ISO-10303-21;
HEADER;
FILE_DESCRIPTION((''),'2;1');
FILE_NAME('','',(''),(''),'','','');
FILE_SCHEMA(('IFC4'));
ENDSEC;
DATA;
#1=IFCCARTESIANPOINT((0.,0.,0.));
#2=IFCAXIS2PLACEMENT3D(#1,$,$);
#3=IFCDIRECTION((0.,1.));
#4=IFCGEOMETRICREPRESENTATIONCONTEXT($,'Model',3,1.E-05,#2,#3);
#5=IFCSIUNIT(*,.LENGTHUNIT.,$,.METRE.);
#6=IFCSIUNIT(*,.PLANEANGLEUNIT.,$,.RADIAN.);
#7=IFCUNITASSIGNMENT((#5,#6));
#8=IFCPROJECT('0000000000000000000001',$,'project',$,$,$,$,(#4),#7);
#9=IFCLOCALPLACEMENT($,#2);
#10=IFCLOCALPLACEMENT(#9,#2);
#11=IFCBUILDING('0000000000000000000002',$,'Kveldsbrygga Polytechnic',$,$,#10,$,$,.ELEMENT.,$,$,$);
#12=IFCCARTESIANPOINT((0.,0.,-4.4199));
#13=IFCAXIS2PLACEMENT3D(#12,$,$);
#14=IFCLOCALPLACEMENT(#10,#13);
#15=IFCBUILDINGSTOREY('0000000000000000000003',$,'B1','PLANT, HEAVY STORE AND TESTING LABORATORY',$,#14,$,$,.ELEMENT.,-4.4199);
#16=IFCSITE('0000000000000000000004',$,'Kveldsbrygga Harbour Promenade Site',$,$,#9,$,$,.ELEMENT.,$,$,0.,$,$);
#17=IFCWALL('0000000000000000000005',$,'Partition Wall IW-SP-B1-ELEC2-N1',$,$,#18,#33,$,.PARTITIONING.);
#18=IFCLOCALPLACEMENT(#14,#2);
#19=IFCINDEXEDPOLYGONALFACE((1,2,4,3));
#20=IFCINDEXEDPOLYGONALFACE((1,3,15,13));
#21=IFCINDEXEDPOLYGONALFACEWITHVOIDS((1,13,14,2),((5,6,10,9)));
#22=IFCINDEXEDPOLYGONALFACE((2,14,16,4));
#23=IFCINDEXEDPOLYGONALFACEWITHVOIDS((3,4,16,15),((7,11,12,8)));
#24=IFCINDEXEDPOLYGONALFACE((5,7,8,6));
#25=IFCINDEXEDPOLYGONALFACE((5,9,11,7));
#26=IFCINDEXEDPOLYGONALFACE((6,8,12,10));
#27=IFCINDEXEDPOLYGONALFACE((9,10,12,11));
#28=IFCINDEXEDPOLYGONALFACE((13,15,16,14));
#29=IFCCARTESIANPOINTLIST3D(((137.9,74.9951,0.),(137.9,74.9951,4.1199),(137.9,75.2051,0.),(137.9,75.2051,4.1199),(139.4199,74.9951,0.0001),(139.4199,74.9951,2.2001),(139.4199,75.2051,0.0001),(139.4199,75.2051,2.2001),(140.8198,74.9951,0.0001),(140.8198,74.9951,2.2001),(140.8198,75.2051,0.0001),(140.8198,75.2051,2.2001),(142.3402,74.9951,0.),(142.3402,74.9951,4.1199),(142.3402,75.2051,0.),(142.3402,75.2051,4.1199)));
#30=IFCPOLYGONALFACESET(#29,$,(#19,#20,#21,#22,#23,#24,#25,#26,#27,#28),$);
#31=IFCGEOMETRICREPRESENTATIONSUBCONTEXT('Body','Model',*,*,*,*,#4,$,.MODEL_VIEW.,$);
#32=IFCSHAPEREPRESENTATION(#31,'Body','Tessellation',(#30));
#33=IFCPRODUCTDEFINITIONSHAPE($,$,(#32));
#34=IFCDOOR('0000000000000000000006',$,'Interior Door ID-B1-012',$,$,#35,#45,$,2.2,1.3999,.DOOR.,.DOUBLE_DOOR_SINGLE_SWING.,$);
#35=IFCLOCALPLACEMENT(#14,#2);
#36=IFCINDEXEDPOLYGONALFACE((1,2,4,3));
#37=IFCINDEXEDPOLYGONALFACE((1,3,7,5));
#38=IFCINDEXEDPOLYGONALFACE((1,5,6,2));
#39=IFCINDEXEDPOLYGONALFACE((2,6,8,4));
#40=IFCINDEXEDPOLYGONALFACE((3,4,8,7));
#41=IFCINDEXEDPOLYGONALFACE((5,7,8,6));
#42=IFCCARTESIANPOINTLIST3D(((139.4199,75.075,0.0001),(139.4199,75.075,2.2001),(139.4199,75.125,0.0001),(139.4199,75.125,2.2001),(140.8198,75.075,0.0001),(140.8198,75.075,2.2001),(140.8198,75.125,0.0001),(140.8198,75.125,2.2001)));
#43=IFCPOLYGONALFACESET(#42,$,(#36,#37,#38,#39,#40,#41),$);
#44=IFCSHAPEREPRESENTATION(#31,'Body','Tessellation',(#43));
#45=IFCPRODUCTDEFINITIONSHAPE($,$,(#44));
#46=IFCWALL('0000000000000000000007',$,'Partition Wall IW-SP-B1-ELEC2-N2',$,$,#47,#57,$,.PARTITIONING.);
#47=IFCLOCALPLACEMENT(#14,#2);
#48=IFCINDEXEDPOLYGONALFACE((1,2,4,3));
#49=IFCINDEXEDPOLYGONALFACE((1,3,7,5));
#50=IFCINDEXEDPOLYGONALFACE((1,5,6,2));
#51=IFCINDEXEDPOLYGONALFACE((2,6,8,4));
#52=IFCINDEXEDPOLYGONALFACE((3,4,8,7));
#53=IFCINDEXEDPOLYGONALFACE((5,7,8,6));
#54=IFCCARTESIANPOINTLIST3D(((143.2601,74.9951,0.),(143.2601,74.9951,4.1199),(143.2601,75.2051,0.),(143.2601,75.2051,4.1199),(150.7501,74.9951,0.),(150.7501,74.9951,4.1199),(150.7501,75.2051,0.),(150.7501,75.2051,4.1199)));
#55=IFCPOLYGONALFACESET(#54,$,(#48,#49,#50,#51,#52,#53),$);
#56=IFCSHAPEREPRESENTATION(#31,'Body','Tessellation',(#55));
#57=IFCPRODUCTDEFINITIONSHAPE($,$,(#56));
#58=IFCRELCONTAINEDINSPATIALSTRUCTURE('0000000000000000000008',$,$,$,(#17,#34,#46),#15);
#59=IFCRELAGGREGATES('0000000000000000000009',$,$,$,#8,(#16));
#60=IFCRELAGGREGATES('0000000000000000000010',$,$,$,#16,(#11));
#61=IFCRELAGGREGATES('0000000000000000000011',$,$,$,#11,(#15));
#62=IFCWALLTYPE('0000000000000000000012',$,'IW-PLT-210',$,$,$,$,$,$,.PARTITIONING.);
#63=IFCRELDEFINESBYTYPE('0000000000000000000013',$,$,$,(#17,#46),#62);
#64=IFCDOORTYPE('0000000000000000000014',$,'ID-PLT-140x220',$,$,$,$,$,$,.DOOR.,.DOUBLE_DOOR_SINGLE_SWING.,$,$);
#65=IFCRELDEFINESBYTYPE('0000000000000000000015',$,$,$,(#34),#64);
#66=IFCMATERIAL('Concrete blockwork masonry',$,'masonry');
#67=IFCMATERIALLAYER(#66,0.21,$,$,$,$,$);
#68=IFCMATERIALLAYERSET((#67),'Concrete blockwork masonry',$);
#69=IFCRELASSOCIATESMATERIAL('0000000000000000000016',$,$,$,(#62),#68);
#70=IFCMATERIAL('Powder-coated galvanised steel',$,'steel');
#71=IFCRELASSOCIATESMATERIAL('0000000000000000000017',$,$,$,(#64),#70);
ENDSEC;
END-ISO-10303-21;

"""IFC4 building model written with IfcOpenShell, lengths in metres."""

from ifc_helpers import new_model, si_unit, direction, frame, frame_2d, origin, place, context, subcontext, project, spatial, rectangle, extrude, material, layer, layer_set, type_object, element, fill, save


model = new_model("IFC4")

# Units and contexts
model_context = context("Model", 3, precision=1e-05, world=origin(), true_north=direction((0.0, 1.0)))
body_context = subcontext(model_context, "Body", "Model", "MODEL_VIEW")
ifc_project = project(units=[si_unit("LENGTHUNIT", "METRE"), si_unit("PLANEANGLEUNIT", "RADIAN")], contexts=[model_context])

# Site, building, storey
site_placement = place(None, origin())
site = spatial("IfcSite", under=ifc_project, at=site_placement, Name="Kveldsbrygga Harbour Promenade Site", CompositionType="ELEMENT", RefElevation=0.0)
building_placement = place(site_placement, origin())
building = spatial("IfcBuilding", under=site, at=building_placement, Name="Kveldsbrygga Polytechnic", CompositionType="ELEMENT")
storey_placement = place(building_placement, frame((0.0, 0.0, -4.4199)))
storey = spatial("IfcBuildingStorey", under=building, at=storey_placement, Name="B1", Description="PLANT, HEAVY STORE AND TESTING LABORATORY", CompositionType="ELEMENT", Elevation=-4.4199)

# Wall, opening, door
ifc_material_1 = material(Name="Concrete blockwork masonry", Category="masonry")
ifc_layer = layer(ifc_material_1, 0.21)
ifc_layer_set = layer_set([ifc_layer], Name="Concrete blockwork masonry")
wall_type = type_object("IfcWallType", Name="IW-PLT-210", PredefinedType="PARTITIONING", material=ifc_layer_set)
wall_1_placement = place(storey_placement, frame((137.8999, 75.1001, 0.0), z_axis=(0.0, 0.0, 1.0), x_axis=(1.0, 0.0, 0.0)))
wall_1 = element("IfcWall", 1, at=wall_1_placement, inside=storey, type_object=wall_type, Name="Partition Wall IW-SP-B1-ELEC2-N1", PredefinedType="PARTITIONING", context=body_context, shape_type="SweptSolid", body=[
    extrude(rectangle(XDim=4.4402, YDim=0.21, at=frame_2d((2.2202, 0.0))), origin(), (0.0, 0.0, 1.0), 4.1199),
])
opening_placement = place(wall_1_placement, frame((1.52, 0.0, 0.0)))
opening = element("IfcOpeningElement", 2, at=opening_placement, cuts=wall_1, PredefinedType="OPENING", context=body_context, shape_type="SweptSolid", body=[
    extrude(rectangle(XDim=1.3999, YDim=2.2, at=frame_2d((0.7, 1.1001))), frame((0.0, 0.115, 0.0), z_axis=(0.0, -1.0, 0.0), x_axis=(1.0, 0.0, 0.0)), (0.0, 0.0, 1.0), 0.23),
])
ifc_material_2 = material(Name="Powder-coated galvanised steel", Category="steel")
door_type = type_object("IfcDoorType", Name="ID-PLT-140x220", OperationType="DOUBLE_DOOR_SINGLE_SWING", PredefinedType="DOOR", material=ifc_material_2)
door_placement = place(opening_placement, origin())
door = element("IfcDoor", 3, at=door_placement, inside=storey, type_object=door_type, Name="Interior Door ID-B1-012", OperationType="DOUBLE_DOOR_SINGLE_SWING", OverallHeight=2.2, OverallWidth=1.3999, PredefinedType="DOOR", context=body_context, shape_type="SweptSolid", body=[
    extrude(rectangle(XDim=1.3999, YDim=2.2, at=frame_2d((0.7, 1.1001))), frame((0.0, 0.0249, 0.0), z_axis=(0.0, -1.0, 0.0), x_axis=(1.0, 0.0, 0.0)), (0.0, 0.0, 1.0), 0.05),
])
fill(opening, door)

# Wall
wall_2_placement = place(storey_placement, frame((143.26, 75.1001, 0.0), z_axis=(0.0, 0.0, 1.0), x_axis=(1.0, 0.0, 0.0)))
element("IfcWall", 4, at=wall_2_placement, inside=storey, type_object=wall_type, Name="Partition Wall IW-SP-B1-ELEC2-N2", PredefinedType="PARTITIONING", context=body_context, shape_type="SweptSolid", body=[
    extrude(rectangle(XDim=7.49, YDim=0.21, at=frame_2d((3.7451, 0.0))), origin(), (0.0, 0.0, 1.0), 4.1199),
])

save(model, "model.ifc")
